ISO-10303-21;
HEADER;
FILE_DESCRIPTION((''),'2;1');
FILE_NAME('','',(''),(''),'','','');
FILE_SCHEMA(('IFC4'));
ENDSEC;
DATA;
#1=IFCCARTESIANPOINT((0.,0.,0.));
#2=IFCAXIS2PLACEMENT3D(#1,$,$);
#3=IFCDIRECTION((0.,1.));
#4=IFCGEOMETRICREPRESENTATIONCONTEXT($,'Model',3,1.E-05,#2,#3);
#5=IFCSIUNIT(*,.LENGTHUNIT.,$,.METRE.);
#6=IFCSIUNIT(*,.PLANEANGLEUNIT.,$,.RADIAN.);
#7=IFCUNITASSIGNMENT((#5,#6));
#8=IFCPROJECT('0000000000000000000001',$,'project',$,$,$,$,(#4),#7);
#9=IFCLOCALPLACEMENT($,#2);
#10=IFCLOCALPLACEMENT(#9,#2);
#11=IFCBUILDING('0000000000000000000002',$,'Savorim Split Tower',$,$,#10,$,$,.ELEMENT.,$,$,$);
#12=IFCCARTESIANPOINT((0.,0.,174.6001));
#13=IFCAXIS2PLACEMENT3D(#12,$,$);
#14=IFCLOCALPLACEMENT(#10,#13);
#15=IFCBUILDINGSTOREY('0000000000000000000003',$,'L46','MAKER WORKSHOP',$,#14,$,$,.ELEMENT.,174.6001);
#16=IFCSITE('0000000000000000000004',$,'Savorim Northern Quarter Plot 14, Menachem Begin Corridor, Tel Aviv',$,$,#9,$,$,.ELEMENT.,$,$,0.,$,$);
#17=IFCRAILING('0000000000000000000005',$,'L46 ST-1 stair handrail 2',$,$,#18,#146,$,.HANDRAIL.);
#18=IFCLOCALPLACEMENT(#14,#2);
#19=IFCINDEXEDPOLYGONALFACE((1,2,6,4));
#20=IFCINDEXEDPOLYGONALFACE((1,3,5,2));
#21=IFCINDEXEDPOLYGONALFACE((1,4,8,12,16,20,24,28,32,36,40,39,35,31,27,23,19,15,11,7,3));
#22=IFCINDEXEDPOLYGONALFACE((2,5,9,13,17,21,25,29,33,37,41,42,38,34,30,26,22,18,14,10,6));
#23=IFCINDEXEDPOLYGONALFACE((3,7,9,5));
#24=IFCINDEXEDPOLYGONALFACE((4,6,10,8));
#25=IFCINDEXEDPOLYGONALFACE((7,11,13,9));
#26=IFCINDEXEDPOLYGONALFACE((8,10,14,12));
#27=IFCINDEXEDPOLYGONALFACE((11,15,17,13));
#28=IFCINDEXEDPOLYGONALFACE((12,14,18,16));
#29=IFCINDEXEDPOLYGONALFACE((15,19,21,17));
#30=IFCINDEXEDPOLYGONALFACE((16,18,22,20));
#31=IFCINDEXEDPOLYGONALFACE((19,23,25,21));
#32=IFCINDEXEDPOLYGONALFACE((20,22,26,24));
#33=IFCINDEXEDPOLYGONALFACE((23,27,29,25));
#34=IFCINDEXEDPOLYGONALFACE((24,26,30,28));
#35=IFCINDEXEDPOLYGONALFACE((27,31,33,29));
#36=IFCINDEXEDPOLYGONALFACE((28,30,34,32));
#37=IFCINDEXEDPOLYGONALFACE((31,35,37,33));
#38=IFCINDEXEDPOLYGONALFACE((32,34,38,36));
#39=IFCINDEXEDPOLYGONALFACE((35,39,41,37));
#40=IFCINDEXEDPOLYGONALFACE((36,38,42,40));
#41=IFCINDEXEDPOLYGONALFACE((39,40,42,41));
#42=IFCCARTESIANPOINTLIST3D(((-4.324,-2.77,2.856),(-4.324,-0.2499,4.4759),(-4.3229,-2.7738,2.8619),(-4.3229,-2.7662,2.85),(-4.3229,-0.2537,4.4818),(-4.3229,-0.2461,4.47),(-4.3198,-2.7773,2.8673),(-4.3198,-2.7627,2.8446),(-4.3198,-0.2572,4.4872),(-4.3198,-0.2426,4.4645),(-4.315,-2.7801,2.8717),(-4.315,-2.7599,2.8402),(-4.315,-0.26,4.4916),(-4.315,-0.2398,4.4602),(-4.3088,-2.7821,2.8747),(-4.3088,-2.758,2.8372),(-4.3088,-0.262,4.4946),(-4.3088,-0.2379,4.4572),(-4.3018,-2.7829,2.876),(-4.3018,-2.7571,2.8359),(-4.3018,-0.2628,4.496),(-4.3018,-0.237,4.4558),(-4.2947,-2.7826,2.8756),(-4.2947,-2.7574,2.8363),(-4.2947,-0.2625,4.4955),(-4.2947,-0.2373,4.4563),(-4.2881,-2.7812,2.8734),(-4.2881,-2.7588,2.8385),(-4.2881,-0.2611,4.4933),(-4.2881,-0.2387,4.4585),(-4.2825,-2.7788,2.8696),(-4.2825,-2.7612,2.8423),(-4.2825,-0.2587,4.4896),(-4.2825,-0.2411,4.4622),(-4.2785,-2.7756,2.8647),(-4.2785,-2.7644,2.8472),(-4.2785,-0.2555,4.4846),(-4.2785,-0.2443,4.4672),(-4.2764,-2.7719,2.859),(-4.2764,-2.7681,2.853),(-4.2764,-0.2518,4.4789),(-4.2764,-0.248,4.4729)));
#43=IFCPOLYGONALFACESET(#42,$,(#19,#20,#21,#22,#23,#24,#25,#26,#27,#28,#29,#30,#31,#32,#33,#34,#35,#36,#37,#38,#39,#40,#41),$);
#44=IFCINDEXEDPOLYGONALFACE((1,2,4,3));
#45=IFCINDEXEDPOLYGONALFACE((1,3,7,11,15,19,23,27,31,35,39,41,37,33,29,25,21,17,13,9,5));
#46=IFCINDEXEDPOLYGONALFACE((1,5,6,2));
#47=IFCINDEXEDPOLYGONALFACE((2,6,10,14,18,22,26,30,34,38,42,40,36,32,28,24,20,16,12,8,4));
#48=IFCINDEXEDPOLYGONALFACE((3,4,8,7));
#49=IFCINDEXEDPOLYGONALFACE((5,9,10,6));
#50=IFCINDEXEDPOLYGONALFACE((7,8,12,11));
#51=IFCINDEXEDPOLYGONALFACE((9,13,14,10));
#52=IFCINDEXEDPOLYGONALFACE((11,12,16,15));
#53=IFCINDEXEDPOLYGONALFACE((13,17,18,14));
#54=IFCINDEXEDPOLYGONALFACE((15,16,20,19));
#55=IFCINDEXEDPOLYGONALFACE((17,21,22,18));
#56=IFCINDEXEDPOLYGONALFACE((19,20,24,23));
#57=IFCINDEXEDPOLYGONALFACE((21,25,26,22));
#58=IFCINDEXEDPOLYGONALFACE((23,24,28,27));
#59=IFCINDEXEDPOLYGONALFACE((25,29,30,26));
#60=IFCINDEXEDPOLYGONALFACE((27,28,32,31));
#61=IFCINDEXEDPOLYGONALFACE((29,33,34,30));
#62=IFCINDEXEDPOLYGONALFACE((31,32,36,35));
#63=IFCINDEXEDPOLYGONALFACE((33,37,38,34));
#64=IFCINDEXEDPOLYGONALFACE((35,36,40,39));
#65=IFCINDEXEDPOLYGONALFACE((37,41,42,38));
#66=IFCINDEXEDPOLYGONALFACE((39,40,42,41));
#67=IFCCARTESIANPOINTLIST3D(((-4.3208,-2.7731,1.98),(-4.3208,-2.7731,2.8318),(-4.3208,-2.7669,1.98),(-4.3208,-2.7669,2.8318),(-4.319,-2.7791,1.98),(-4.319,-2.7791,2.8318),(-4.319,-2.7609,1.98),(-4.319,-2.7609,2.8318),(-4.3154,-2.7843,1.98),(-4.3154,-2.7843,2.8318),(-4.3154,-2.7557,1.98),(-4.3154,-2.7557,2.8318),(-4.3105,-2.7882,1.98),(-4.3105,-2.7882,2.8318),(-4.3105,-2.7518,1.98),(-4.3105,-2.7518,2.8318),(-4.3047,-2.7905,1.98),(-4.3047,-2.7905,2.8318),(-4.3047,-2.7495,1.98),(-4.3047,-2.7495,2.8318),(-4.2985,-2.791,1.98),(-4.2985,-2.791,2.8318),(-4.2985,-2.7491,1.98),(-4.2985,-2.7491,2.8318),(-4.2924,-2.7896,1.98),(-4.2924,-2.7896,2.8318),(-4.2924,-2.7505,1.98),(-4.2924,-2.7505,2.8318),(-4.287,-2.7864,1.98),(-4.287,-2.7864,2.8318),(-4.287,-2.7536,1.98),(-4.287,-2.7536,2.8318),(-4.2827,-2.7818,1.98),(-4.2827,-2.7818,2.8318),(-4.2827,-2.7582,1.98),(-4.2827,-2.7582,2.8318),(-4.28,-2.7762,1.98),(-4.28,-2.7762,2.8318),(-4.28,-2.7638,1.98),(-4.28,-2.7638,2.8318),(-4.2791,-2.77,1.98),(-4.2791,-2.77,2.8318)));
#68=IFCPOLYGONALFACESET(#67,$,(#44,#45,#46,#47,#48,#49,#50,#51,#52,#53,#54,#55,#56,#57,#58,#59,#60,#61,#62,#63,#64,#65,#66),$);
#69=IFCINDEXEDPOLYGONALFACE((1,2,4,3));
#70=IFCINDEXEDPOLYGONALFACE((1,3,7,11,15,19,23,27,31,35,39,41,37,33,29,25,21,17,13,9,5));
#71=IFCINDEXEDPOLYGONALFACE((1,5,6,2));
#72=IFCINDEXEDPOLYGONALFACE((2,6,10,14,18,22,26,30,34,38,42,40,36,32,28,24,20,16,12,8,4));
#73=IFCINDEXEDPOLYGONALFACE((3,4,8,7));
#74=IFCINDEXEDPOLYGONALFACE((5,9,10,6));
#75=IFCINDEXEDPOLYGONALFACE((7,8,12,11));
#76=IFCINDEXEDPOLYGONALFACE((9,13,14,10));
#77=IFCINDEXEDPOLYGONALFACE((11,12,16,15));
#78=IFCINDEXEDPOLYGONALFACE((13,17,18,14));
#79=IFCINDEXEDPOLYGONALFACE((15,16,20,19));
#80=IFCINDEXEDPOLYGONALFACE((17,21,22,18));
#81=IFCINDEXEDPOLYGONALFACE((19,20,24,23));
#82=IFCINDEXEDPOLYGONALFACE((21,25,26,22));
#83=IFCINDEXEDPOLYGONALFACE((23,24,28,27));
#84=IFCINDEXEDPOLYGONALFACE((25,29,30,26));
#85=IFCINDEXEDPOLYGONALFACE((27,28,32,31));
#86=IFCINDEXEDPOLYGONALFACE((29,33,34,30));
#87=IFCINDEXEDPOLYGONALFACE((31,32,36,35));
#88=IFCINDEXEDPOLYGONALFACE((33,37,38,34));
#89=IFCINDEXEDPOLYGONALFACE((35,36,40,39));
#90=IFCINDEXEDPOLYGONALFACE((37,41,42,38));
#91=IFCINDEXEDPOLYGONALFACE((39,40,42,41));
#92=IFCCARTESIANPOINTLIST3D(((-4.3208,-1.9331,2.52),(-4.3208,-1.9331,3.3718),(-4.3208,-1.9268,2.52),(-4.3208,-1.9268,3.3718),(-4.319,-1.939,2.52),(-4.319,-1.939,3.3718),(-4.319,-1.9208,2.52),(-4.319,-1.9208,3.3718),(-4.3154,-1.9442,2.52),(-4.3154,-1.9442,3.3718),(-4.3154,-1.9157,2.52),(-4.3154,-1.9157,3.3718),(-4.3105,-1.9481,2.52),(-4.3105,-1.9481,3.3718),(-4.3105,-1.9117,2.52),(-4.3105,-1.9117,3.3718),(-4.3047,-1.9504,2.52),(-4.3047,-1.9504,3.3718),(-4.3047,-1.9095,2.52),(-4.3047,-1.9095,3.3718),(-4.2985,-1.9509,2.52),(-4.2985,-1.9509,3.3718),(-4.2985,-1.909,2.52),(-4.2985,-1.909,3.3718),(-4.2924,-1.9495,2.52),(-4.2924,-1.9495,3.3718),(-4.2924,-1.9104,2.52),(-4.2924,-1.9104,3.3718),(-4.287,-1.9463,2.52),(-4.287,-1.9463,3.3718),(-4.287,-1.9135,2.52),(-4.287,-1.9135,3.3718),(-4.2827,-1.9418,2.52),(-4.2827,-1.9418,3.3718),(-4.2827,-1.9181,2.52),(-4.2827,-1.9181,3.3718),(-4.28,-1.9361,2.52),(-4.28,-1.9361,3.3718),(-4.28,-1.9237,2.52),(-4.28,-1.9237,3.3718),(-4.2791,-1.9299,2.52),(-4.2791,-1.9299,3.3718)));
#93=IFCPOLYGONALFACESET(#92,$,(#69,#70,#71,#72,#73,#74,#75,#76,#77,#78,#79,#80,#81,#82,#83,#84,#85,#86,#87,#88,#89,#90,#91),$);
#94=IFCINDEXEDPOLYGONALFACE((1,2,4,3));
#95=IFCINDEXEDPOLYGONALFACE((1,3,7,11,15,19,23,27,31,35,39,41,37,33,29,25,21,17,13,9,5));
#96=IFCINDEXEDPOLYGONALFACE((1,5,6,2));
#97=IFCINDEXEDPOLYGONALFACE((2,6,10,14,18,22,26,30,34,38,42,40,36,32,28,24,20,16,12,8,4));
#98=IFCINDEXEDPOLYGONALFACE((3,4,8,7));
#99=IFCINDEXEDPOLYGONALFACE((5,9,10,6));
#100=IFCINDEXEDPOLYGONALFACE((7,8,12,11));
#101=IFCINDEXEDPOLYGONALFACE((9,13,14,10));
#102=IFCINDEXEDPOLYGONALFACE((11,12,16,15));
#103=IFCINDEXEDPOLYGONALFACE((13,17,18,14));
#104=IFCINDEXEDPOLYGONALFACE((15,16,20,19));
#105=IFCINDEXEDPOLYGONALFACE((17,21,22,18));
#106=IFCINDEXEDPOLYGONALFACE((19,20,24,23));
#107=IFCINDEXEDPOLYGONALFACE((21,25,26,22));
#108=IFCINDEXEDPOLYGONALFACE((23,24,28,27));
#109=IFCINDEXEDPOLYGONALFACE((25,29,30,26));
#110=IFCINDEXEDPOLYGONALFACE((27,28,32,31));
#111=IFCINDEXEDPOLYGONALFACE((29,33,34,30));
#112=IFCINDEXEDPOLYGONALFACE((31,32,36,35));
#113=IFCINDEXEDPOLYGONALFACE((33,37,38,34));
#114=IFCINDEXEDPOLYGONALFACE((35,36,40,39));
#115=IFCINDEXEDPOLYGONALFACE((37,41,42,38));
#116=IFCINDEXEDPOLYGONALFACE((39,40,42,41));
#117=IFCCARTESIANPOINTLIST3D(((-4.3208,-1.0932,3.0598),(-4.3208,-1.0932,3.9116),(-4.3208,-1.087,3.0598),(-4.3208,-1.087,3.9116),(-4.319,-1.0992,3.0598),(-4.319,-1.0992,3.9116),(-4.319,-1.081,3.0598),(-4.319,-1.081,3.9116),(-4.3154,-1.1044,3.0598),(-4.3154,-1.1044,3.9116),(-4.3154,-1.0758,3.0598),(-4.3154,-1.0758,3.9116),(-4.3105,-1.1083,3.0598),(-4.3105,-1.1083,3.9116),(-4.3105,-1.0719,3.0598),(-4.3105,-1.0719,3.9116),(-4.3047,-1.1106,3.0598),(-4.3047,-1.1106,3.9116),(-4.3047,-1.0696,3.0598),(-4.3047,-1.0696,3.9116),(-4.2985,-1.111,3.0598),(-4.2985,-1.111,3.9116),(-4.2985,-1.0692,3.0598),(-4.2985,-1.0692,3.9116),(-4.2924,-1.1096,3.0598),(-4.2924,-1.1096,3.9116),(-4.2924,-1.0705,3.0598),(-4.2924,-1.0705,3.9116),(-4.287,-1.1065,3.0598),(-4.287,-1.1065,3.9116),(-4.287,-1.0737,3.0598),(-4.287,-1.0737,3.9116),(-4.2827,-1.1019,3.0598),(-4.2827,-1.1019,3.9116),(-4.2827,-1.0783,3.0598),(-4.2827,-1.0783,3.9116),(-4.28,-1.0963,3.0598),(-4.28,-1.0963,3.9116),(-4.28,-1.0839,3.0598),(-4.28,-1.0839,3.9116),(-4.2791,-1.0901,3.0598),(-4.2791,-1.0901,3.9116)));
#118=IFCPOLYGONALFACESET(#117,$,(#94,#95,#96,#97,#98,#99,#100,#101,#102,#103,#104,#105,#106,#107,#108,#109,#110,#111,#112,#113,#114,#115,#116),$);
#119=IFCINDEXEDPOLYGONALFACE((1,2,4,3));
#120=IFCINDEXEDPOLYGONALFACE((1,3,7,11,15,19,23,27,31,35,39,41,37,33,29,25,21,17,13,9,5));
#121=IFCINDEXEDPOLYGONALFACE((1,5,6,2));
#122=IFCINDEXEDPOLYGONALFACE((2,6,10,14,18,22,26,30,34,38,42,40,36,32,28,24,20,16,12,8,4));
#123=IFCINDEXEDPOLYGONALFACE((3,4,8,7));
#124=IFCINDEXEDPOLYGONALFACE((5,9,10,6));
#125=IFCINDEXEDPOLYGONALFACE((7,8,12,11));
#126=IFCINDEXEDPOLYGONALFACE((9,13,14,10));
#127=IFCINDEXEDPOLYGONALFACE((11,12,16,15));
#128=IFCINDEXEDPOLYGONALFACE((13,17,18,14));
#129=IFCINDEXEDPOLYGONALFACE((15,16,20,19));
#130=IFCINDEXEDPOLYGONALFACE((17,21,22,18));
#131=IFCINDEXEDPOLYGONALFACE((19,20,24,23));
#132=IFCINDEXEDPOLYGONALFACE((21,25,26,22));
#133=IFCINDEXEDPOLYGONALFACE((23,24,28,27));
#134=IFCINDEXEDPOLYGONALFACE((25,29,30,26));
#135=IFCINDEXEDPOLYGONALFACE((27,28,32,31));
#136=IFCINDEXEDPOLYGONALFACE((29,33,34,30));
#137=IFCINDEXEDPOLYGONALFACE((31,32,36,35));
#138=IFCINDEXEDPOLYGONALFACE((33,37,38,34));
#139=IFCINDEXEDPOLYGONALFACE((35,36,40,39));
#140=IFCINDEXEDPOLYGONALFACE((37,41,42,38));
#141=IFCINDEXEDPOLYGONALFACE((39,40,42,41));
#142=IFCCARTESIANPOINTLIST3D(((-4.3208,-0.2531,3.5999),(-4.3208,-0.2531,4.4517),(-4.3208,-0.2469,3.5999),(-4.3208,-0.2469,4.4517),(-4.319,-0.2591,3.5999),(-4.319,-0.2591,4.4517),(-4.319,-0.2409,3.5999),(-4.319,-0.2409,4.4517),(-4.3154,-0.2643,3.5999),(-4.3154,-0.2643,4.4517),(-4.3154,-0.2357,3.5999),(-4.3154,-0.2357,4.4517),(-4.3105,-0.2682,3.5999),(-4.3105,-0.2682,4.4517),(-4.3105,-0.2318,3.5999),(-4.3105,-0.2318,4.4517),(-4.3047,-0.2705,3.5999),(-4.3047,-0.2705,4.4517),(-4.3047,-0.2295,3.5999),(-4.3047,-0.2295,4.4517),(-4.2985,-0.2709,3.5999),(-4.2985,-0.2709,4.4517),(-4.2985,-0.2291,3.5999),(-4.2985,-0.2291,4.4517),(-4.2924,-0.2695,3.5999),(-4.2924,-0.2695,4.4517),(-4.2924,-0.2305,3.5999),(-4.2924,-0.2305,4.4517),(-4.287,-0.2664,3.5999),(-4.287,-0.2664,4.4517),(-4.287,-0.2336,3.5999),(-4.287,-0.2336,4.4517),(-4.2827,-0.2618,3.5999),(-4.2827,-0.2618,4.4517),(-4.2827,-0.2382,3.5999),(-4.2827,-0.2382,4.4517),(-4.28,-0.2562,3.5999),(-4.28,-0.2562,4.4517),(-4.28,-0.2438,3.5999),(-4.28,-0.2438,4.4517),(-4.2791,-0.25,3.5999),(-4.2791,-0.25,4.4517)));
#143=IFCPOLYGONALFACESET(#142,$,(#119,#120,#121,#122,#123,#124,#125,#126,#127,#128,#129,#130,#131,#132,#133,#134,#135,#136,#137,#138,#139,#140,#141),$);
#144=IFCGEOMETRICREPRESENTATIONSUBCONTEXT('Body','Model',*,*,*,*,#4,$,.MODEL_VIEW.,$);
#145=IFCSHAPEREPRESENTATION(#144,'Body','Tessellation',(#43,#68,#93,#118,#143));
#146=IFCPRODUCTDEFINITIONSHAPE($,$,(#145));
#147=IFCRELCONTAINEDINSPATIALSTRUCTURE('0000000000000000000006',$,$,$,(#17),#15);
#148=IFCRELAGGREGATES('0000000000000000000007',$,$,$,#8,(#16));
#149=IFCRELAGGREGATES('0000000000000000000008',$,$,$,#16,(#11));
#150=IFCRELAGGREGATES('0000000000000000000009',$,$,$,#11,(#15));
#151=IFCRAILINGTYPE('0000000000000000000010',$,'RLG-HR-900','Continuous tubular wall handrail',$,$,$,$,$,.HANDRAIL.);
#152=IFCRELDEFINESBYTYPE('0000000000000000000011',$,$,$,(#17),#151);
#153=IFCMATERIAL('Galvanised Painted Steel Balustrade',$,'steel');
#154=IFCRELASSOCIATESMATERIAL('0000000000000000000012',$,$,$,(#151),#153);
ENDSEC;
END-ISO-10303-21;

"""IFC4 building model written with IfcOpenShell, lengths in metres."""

from ifc_helpers import new_model, si_unit, direction, frame, origin, origin_2d, place, context, subcontext, project, spatial, circle, extrude, material, type_object, element, save


model = new_model("IFC4")

# Units and contexts
model_context = context("Model", 3, precision=1e-05, world=origin(), true_north=direction((0.0, 1.0)))
body_context = subcontext(model_context, "Body", "Model", "MODEL_VIEW")
ifc_project = project(units=[si_unit("LENGTHUNIT", "METRE"), si_unit("PLANEANGLEUNIT", "RADIAN")], contexts=[model_context])

# Site, building, storey
site_placement = place(None, origin())
site = spatial("IfcSite", under=ifc_project, at=site_placement, Name="Savorim Northern Quarter Plot 14, Menachem Begin Corridor, Tel Aviv", CompositionType="ELEMENT", RefElevation=0.0)
building_placement = place(site_placement, origin())
building = spatial("IfcBuilding", under=site, at=building_placement, Name="Savorim Split Tower", CompositionType="ELEMENT")
storey_placement = place(building_placement, frame((0.0, 0.0, 174.6001)))
storey = spatial("IfcBuildingStorey", under=building, at=storey_placement, Name="L46", Description="MAKER WORKSHOP", CompositionType="ELEMENT", Elevation=174.6001)

# Railing
ifc_material_1 = material(Name="Galvanised Painted Steel Balustrade", Category="steel")
railing_type_1 = type_object("IfcRailingType", Name="RLG-HR-900", Description="Continuous tubular wall handrail", PredefinedType="HANDRAIL", material=ifc_material_1)
railing_1_placement = place(storey_placement, frame((-4.3, -2.77, 1.98)))
element("IfcRailing", 1, at=railing_1_placement, inside=storey, type_object=railing_type_1, Name="L46 ST-1 stair handrail 2", PredefinedType="HANDRAIL", context=body_context, shape_type="SweptSolid", body=[
    extrude(circle(Radius=0.0239, at=origin_2d()), frame((0.0, 0.0, 0.876), z_axis=(0.0, 0.8412, 0.540725), x_axis=(-1.0, 0.0, 0.0)), (0.0, 0.0, 1.0), 2.9958),
    extrude(circle(Radius=0.021, at=origin_2d()), origin(), (0.0, 0.0, 1.0), 0.8518),
    extrude(circle(Radius=0.021, at=origin_2d()), frame((0.0, 0.8401, 0.54)), (0.0, 0.0, 1.0), 0.8518),
    extrude(circle(Radius=0.021, at=origin_2d()), frame((0.0, 1.6799, 1.0798)), (0.0, 0.0, 1.0), 0.8518),
    extrude(circle(Radius=0.021, at=origin_2d()), frame((0.0, 2.52, 1.6199)), (0.0, 0.0, 1.0), 0.8518),
])

save(model, "model.ifc")
